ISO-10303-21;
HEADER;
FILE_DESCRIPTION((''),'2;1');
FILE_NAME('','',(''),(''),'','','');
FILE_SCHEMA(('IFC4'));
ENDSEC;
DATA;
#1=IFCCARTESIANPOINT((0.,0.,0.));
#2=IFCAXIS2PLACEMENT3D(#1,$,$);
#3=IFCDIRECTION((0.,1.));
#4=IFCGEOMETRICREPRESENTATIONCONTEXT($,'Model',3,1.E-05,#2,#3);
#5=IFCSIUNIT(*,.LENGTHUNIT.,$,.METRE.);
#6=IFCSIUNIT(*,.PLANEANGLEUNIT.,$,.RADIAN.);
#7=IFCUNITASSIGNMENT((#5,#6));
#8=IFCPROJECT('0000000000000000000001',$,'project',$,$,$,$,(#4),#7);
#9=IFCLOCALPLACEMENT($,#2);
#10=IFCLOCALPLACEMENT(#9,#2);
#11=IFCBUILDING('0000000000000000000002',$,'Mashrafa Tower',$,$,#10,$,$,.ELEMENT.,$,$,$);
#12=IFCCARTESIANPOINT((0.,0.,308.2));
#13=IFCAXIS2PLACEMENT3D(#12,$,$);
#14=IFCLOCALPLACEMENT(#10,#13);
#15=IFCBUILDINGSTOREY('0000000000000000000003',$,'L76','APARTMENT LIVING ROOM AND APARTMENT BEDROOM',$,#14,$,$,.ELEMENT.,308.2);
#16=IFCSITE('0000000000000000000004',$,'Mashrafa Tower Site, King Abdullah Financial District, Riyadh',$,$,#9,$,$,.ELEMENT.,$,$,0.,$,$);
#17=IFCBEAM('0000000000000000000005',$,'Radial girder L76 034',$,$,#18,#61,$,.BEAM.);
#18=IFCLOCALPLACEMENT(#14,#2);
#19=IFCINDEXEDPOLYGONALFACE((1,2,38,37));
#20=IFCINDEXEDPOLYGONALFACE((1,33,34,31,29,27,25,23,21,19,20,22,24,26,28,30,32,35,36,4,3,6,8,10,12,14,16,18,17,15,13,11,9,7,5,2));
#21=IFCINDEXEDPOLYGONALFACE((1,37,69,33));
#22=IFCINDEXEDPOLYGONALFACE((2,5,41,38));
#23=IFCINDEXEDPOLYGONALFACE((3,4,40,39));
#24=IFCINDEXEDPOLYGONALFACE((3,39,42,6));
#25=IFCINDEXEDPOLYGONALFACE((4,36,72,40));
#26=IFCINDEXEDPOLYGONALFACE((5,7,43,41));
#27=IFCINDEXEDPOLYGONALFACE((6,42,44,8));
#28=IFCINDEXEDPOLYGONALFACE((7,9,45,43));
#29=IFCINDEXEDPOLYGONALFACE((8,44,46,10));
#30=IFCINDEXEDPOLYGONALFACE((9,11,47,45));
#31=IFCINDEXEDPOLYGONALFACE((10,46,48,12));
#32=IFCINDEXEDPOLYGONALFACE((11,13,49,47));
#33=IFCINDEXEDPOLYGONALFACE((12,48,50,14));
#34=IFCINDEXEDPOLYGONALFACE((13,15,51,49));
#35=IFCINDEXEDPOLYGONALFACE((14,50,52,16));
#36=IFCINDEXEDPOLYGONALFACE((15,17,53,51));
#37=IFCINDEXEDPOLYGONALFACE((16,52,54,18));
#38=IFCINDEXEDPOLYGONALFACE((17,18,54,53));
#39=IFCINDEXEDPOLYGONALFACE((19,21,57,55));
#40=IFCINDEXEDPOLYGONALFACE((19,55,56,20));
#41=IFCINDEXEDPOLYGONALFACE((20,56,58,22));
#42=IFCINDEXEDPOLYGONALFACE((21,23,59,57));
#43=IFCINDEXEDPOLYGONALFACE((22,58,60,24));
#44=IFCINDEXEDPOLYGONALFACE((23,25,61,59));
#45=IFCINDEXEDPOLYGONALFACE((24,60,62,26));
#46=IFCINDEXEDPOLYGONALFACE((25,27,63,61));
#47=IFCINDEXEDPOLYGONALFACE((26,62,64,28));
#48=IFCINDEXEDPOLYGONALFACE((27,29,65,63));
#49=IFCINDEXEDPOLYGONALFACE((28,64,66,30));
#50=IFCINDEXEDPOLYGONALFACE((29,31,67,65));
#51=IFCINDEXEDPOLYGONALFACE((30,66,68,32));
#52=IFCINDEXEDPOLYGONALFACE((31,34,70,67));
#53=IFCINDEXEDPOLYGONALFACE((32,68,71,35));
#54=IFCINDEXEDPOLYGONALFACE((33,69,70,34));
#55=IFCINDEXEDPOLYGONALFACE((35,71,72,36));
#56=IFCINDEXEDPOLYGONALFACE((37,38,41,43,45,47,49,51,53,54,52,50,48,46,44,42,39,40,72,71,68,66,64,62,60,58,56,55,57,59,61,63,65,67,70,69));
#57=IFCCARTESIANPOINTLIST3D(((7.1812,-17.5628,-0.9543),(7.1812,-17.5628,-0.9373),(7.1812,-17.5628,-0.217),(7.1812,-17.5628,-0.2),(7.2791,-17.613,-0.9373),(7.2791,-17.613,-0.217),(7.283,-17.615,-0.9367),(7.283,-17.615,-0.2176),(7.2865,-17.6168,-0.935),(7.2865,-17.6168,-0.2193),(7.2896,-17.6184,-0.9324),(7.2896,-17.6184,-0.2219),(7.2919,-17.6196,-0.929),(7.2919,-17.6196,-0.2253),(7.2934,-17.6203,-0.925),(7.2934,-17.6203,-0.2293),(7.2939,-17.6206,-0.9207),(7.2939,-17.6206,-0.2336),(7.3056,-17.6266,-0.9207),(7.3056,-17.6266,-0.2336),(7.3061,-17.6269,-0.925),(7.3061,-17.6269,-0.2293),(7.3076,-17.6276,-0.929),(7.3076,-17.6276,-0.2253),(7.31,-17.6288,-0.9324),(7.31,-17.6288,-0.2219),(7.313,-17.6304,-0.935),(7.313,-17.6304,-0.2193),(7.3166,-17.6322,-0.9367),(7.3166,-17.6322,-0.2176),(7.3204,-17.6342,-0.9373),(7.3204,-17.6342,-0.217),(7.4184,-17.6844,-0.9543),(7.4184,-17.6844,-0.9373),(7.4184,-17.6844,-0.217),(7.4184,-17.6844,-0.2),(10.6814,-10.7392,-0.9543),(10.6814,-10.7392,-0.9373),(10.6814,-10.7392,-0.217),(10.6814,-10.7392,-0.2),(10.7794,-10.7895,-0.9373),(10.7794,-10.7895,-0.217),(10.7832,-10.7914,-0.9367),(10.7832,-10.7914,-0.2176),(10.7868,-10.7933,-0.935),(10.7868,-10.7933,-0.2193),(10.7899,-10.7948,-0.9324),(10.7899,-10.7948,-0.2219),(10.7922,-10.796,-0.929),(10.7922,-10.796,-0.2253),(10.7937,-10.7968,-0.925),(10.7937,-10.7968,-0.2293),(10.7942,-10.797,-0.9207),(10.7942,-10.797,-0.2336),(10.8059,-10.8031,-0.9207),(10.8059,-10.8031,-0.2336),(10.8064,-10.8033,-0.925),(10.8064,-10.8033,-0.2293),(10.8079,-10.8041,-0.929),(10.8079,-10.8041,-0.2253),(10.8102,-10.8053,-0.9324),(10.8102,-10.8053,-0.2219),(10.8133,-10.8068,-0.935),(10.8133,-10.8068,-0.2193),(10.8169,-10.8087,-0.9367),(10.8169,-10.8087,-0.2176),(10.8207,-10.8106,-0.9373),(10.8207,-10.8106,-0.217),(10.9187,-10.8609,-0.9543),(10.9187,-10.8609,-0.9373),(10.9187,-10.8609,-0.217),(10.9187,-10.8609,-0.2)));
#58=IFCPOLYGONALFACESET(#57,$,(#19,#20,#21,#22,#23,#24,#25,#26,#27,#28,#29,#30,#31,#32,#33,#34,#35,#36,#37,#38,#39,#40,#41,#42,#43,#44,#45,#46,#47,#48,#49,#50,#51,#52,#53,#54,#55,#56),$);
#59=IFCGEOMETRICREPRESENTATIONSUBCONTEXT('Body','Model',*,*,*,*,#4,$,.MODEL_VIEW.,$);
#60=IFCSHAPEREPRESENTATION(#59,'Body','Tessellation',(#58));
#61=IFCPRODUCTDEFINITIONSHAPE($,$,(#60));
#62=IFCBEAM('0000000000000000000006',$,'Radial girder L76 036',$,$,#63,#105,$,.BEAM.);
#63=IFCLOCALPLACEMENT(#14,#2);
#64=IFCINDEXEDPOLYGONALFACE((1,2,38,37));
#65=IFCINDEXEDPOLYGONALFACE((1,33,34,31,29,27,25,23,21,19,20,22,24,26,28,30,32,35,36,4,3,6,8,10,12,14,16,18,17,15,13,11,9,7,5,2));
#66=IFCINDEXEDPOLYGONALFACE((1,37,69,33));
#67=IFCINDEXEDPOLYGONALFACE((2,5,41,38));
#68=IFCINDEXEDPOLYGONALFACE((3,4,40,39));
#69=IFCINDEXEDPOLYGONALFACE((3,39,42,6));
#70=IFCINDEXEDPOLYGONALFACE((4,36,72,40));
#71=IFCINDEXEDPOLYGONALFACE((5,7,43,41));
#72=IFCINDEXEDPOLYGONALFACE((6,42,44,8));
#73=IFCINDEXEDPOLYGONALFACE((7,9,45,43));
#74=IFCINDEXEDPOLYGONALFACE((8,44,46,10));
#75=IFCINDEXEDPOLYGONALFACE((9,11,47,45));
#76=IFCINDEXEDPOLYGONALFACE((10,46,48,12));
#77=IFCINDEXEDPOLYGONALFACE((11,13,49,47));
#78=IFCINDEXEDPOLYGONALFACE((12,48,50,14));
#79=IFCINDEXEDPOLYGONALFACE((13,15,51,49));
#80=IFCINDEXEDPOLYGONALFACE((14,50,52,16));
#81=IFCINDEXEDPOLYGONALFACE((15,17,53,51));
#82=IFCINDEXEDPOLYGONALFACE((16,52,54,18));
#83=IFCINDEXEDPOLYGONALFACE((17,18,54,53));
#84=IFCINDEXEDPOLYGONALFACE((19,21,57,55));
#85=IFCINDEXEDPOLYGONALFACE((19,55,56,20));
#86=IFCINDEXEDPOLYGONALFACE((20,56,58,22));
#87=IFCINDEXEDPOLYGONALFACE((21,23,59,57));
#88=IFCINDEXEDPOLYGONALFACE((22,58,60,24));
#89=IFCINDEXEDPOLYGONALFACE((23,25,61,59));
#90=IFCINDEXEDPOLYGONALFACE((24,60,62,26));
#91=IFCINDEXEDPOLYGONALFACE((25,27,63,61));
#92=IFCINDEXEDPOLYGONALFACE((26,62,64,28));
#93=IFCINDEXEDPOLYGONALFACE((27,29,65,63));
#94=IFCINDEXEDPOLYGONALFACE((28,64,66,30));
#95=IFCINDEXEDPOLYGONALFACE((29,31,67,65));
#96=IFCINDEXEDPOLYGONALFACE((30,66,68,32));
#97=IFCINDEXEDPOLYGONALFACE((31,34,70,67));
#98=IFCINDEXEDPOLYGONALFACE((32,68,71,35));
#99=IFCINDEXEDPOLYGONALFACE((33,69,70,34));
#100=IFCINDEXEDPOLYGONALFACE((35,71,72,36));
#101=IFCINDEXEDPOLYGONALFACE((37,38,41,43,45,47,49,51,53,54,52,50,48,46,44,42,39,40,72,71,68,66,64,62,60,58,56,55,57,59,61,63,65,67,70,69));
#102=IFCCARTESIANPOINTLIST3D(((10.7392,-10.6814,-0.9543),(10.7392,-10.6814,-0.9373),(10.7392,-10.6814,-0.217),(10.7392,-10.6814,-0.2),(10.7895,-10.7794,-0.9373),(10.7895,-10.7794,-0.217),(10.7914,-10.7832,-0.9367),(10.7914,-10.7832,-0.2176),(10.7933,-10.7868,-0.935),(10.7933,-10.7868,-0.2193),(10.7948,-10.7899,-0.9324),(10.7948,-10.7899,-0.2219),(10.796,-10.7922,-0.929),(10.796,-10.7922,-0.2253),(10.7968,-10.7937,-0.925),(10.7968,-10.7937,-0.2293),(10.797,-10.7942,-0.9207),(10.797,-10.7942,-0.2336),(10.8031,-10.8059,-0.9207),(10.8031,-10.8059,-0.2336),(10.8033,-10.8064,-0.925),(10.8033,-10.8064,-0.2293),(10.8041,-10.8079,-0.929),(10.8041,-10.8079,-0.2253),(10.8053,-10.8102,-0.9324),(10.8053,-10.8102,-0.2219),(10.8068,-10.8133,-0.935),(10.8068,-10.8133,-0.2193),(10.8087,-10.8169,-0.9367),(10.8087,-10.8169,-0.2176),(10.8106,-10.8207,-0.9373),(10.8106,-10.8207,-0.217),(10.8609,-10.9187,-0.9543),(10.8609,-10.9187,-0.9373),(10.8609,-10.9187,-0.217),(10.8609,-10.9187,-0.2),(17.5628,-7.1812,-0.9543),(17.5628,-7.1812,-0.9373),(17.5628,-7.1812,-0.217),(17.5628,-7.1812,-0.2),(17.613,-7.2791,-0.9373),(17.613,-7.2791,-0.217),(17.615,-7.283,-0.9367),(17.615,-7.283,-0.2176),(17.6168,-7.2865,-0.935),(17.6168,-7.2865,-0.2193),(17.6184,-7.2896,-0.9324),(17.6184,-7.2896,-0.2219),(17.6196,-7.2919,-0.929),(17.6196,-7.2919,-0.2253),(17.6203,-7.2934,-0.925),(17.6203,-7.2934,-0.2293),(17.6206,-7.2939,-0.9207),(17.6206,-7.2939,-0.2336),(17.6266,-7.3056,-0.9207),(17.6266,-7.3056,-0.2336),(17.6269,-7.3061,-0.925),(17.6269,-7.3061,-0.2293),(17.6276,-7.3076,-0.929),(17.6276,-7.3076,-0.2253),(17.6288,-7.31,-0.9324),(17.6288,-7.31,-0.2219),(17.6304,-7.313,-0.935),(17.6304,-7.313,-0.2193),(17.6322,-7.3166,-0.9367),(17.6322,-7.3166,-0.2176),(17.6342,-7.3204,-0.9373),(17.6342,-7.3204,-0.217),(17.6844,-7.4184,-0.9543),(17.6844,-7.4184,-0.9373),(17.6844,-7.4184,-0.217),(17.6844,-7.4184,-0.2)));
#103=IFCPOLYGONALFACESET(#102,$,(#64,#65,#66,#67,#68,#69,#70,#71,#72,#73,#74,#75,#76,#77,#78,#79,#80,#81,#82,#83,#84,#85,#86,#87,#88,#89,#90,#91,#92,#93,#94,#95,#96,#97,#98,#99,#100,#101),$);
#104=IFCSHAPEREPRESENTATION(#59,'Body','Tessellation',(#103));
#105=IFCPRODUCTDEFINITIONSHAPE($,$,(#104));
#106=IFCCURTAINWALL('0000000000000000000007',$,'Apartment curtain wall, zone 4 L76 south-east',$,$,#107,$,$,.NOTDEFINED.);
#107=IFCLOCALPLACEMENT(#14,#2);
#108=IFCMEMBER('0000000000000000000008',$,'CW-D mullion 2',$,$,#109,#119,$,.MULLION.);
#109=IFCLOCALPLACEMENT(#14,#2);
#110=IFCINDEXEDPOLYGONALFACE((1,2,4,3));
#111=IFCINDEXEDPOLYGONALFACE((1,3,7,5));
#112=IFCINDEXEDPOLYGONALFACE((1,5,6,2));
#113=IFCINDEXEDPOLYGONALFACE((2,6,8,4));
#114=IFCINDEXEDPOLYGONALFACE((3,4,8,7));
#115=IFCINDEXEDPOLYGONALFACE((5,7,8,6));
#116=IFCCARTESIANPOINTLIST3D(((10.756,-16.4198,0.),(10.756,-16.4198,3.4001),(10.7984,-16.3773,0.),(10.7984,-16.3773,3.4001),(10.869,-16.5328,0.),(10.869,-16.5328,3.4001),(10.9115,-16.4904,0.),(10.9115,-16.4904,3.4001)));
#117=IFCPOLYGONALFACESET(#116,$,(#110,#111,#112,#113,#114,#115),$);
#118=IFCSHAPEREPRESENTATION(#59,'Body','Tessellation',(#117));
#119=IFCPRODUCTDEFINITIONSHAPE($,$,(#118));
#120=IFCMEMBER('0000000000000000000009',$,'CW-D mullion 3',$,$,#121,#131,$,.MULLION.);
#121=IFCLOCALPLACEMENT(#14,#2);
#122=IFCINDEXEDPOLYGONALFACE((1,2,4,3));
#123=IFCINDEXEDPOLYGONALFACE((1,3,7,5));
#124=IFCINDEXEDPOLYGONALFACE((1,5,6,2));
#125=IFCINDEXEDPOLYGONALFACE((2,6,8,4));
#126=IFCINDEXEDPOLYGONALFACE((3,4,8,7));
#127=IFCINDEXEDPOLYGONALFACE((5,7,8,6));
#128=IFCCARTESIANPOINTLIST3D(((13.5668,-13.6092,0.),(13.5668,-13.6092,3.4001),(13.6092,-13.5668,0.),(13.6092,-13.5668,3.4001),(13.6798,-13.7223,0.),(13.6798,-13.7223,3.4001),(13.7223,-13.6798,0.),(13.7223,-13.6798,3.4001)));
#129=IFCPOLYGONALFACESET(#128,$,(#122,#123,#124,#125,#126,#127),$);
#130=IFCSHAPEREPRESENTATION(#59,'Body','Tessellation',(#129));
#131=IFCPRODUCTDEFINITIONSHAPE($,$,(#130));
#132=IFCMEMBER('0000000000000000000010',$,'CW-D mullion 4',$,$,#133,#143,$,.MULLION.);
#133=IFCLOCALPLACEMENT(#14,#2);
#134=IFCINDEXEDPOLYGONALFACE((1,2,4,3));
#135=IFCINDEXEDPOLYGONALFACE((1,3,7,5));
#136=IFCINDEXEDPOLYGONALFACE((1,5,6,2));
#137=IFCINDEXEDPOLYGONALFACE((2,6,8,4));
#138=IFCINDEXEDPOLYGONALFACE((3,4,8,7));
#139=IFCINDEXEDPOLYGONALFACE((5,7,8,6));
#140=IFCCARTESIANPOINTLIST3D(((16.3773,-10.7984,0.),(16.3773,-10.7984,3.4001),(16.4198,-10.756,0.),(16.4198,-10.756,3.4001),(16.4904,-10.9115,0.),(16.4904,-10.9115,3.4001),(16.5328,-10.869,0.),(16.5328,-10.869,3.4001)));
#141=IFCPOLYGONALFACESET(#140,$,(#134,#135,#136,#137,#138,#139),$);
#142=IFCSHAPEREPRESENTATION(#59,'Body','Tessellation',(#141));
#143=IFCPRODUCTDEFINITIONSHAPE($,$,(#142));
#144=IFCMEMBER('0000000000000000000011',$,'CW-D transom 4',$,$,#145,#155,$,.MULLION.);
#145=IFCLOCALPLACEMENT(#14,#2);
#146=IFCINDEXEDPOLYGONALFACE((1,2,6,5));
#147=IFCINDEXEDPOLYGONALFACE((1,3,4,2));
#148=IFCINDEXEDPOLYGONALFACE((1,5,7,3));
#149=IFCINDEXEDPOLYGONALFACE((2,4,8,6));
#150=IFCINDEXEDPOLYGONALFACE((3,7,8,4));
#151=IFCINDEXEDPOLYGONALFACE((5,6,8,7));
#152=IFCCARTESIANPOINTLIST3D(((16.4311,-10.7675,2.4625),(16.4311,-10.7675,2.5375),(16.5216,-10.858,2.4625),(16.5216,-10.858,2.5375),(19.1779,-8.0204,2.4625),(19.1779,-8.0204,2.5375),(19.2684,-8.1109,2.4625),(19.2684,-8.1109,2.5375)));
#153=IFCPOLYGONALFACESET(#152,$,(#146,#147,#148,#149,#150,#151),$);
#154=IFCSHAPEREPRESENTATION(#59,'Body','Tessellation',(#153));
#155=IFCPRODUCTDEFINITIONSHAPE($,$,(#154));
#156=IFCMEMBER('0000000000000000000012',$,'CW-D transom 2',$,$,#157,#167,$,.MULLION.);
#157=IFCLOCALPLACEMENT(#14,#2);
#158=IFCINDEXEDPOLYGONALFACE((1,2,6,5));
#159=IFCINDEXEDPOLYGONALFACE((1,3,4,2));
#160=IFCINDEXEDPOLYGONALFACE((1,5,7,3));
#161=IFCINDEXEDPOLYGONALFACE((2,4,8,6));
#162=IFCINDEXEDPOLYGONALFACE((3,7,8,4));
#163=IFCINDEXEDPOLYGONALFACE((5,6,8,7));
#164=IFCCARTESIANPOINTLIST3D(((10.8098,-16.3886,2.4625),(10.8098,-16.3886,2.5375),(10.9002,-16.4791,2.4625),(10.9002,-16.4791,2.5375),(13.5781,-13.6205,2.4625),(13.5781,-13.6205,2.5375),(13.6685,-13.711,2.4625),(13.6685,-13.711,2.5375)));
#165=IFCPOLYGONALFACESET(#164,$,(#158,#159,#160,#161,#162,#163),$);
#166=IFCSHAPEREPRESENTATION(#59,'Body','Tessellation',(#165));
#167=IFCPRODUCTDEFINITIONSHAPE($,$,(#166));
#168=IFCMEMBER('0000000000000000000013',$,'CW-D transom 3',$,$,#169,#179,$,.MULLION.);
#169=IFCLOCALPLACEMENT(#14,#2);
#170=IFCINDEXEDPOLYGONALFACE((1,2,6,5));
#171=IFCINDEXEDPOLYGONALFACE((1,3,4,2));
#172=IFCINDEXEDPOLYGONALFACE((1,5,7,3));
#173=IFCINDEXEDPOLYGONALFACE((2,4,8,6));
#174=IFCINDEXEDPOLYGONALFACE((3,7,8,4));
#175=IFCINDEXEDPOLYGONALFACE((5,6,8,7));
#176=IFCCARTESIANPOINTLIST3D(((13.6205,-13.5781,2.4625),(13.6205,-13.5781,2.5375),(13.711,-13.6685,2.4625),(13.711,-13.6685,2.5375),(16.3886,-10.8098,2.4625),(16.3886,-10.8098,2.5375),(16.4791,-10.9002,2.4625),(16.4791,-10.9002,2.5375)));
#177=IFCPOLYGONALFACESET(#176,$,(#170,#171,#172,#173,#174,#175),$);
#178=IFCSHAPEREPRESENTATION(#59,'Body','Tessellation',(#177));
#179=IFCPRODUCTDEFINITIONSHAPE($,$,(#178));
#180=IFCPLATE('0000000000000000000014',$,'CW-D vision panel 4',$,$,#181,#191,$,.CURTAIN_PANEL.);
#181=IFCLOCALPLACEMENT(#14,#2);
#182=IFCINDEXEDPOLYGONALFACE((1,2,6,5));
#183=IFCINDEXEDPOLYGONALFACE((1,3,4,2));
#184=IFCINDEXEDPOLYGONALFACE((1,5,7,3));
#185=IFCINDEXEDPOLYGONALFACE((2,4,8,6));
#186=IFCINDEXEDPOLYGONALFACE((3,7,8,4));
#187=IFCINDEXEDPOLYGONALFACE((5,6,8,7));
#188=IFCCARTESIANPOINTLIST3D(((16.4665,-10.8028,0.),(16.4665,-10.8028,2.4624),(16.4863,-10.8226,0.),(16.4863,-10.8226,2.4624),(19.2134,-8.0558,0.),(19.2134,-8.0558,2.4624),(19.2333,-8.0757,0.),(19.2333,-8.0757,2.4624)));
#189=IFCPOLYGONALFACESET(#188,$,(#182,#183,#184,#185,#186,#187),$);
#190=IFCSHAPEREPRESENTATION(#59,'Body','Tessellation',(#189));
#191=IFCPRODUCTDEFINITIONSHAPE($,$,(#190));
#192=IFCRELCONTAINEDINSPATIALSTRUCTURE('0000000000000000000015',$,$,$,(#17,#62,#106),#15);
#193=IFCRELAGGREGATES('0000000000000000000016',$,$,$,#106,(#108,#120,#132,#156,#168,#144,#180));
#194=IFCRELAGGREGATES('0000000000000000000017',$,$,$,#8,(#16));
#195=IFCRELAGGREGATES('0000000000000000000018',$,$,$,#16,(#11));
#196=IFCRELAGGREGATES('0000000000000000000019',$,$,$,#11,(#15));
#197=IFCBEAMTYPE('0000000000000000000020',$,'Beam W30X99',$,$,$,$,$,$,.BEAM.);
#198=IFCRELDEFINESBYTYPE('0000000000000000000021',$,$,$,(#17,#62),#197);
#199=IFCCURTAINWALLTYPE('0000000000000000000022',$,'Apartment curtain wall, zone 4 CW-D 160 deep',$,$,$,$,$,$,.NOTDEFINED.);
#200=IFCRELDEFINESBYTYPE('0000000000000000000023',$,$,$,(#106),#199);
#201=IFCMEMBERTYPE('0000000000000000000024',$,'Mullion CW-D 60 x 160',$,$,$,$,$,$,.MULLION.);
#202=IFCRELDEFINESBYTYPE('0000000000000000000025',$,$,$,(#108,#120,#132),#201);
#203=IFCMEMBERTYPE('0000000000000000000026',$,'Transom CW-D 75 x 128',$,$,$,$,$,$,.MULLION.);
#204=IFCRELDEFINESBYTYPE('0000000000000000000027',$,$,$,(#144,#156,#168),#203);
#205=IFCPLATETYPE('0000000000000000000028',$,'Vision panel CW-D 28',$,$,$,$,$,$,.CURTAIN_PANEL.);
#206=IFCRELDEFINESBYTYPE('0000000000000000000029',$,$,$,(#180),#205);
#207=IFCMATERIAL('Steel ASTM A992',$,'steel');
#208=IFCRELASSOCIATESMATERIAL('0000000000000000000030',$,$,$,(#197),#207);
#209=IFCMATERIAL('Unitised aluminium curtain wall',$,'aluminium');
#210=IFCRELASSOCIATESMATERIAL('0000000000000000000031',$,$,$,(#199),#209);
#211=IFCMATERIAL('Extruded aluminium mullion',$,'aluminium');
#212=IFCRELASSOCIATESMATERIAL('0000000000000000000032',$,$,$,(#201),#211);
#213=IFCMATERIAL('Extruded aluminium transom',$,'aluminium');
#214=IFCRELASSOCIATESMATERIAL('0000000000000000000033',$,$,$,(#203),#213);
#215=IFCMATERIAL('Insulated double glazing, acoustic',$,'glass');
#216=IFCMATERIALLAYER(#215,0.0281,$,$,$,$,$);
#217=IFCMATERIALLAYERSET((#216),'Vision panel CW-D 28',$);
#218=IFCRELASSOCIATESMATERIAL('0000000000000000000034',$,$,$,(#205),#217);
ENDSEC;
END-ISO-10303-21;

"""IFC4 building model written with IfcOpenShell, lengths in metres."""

from ifc_helpers import new_model, si_unit, direction, frame, origin, origin_2d, place, context, subcontext, project, spatial, rectangle, i_section, extrude, source, transform, mapped, material, layer, layer_set, material_profile, profile_set, type_object, type_shapes, element, aggregate, save


model = new_model("IFC4")

# Units and contexts
model_context = context("Model", 3, precision=1e-05, world=origin(), true_north=direction((0.0, 1.0)))
body_context = subcontext(model_context, "Body", "Model", "MODEL_VIEW")
ifc_project = project(units=[si_unit("LENGTHUNIT", "METRE"), si_unit("PLANEANGLEUNIT", "RADIAN")], contexts=[model_context])

# Site, building, storey
site_placement = place(None, origin())
site = spatial("IfcSite", under=ifc_project, at=site_placement, Name="Mashrafa Tower Site, King Abdullah Financial District, Riyadh", CompositionType="ELEMENT", RefElevation=0.0)
building_placement = place(site_placement, origin())
building = spatial("IfcBuilding", under=site, at=building_placement, Name="Mashrafa Tower", CompositionType="ELEMENT")
storey_placement = place(building_placement, frame((0.0, 0.0, 308.2)))
storey = spatial("IfcBuildingStorey", under=building, at=storey_placement, Name="L76", Description="APARTMENT LIVING ROOM AND APARTMENT BEDROOM", CompositionType="ELEMENT", Elevation=308.2)

# Beams
ifc_material_1 = material(Name="Steel ASTM A992", Category="steel")
ifc_material_profile_1 = material_profile(ifc_material_1, i_section(OverallWidth=0.2666, OverallDepth=0.7544, WebThickness=0.0132, FlangeThickness=0.0171, FilletRadius=0.0166, at=origin_2d()), Name="W30X99")
ifc_profile_set_1 = profile_set([ifc_material_profile_1], Name="Steel ASTM A992")
beam_type_1 = type_object("IfcBeamType", Name="Beam W30X99", PredefinedType="BEAM", material=ifc_profile_set_1)
for number, where, z_axis, x_axis, name in (
    (1, (10.8, -10.8, -0.5771), (-0.456422, -0.889763, 0.0), (0.889763, -0.456422, 0.0), "Radial girder L76 034"),
    (2, (10.8, -10.8, -0.5771), (0.889763, 0.456422, 0.0), (-0.456422, 0.889763, 0.0), "Radial girder L76 036"),
):
    element("IfcBeam", number, at=place(storey_placement, frame(where, z_axis=z_axis, x_axis=x_axis)), inside=storey, type_object=beam_type_1, Name=name, PredefinedType="BEAM", context=body_context, shape_type="SweptSolid", body=[
        extrude(i_section(OverallWidth=0.2666, OverallDepth=0.7544, WebThickness=0.0132, FlangeThickness=0.0171, FilletRadius=0.0166, at=origin_2d()), origin(), (0.0, 0.0, 1.0), 7.6689),
    ])

# Curtain wall, members, plate
ifc_material_2 = material(Name="Unitised aluminium curtain wall", Category="aluminium")
curtain_wall_type = type_object("IfcCurtainWallType", Name="Apartment curtain wall, zone 4 CW-D 160 deep", PredefinedType="NOTDEFINED", material=ifc_material_2)
curtain_wall_placement = place(storey_placement, origin())
curtain_wall = element("IfcCurtainWall", 3, at=curtain_wall_placement, inside=storey, type_object=curtain_wall_type, Name="Apartment curtain wall, zone 4 L76 south-east", PredefinedType="NOTDEFINED")
ifc_material_3 = material(Name="Extruded aluminium mullion", Category="aluminium")
ifc_material_profile_2 = material_profile(ifc_material_3, rectangle(XDim=0.1599, YDim=0.0601, at=origin_2d()), Name="Mullion 60x160")
ifc_profile_set_2 = profile_set([ifc_material_profile_2], Name="Extruded aluminium mullion")
member_type_1 = type_object("IfcMemberType", Name="Mullion CW-D 60 x 160", PredefinedType="MULLION", material=ifc_profile_set_2)
shared_shape_1 = source(origin(), body_context, "Body", "SweptSolid", [
    extrude(rectangle(XDim=0.1599, YDim=0.0601, at=origin_2d()), origin(), (0.0, 0.0, 1.0), 3.4001),
])
type_shapes(member_type_1, [shared_shape_1])
member_1_placement = place(storey_placement, frame((10.8337, -16.4551, 0.0), z_axis=(0.0, 0.0, 1.0), x_axis=(-0.707107, 0.707107, 0.0)))
member_1 = element("IfcMember", 4, at=member_1_placement, type_object=member_type_1, Name="CW-D mullion 2", PredefinedType="MULLION", context=body_context, shape_type="MappedRepresentation", body=[
    mapped(shared_shape_1, transform((0.0, 0.0, 0.0))),
])
member_2_placement = place(storey_placement, frame((13.6445, -13.6445, 0.0), z_axis=(0.0, 0.0, 1.0), x_axis=(-0.707107, 0.707107, 0.0)))
member_2 = element("IfcMember", 5, at=member_2_placement, type_object=member_type_1, Name="CW-D mullion 3", PredefinedType="MULLION", context=body_context, shape_type="MappedRepresentation", body=[
    mapped(shared_shape_1, transform((0.0, 0.0, 0.0))),
])
member_3_placement = place(storey_placement, frame((16.4551, -10.8337, 0.0), z_axis=(0.0, 0.0, 1.0), x_axis=(-0.707107, 0.707107, 0.0)))
member_3 = element("IfcMember", 6, at=member_3_placement, type_object=member_type_1, Name="CW-D mullion 4", PredefinedType="MULLION", context=body_context, shape_type="MappedRepresentation", body=[
    mapped(shared_shape_1, transform((0.0, 0.0, 0.0))),
])
ifc_material_4 = material(Name="Extruded aluminium transom", Category="aluminium")
ifc_material_profile_3 = material_profile(ifc_material_4, rectangle(XDim=0.1279, YDim=0.075, at=origin_2d()), Name="Transom 75x128")
ifc_profile_set_3 = profile_set([ifc_material_profile_3], Name="Extruded aluminium transom")
member_type_2 = type_object("IfcMemberType", Name="Transom CW-D 75 x 128", PredefinedType="MULLION", material=ifc_profile_set_3)
shared_shape_2 = source(origin(), body_context, "Body", "SweptSolid", [
    extrude(rectangle(XDim=0.1279, YDim=0.075, at=origin_2d()), origin(), (0.0, 0.0, 1.0), 3.8848),
])
member_4_placement = place(storey_placement, frame((16.4763, -10.8127, 2.5), z_axis=(0.707075, 0.707138, 0.0), x_axis=(-0.707138, 0.707075, 0.0)))
member_4 = element("IfcMember", 7, at=member_4_placement, type_object=member_type_2, Name="CW-D transom 4", PredefinedType="MULLION", context=body_context, shape_type="MappedRepresentation", body=[
    mapped(shared_shape_2, transform((0.0, 0.0, 0.0))),
])
shared_shape_3 = source(origin(), body_context, "Body", "SweptSolid", [
    extrude(rectangle(XDim=0.1279, YDim=0.075, at=origin_2d()), origin(), (0.0, 0.0, 1.0), 3.9148),
])
type_shapes(member_type_2, [shared_shape_2, shared_shape_3])
member_5_placement = place(storey_placement, frame((10.855, -16.4338, 2.5), z_axis=(0.707138, 0.707076, 0.0), x_axis=(-0.707076, 0.707138, 0.0)))
member_5 = element("IfcMember", 8, at=member_5_placement, type_object=member_type_2, Name="CW-D transom 2", PredefinedType="MULLION", context=body_context, shape_type="MappedRepresentation", body=[
    mapped(shared_shape_3, transform((0.0, 0.0, 0.0))),
])
member_6_placement = place(storey_placement, frame((13.6658, -13.6233, 2.5), z_axis=(0.707076, 0.707138, 0.0), x_axis=(-0.707138, 0.707076, 0.0)))
member_6 = element("IfcMember", 9, at=member_6_placement, type_object=member_type_2, Name="CW-D transom 3", PredefinedType="MULLION", context=body_context, shape_type="MappedRepresentation", body=[
    mapped(shared_shape_3, transform((0.0, 0.0, 0.0))),
])
ifc_material_5 = material(Name="Insulated double glazing, acoustic", Category="glass")
ifc_layer_1 = layer(ifc_material_5, 0.0281)
ifc_layer_set_1 = layer_set([ifc_layer_1], Name="Vision panel CW-D 28")
plate_type_1 = type_object("IfcPlateType", Name="Vision panel CW-D 28", PredefinedType="CURTAIN_PANEL", material=ifc_layer_set_1)
shared_shape_4 = source(origin(), body_context, "Body", "SweptSolid", [
    extrude(rectangle(XDim=3.8848, YDim=0.0281, at=origin_2d()), origin(), (0.0, 0.0, 1.0), 2.4624),
])
plate_1_placement = place(storey_placement, frame((17.8499, -9.4392, 0.0), z_axis=(0.0, 0.0, 1.0), x_axis=(0.707107, 0.707107, 0.0)))
plate_1 = element("IfcPlate", 10, at=plate_1_placement, type_object=plate_type_1, Name="CW-D vision panel 4", PredefinedType="CURTAIN_PANEL", context=body_context, shape_type="MappedRepresentation", body=[
    mapped(shared_shape_4, transform((0.0, 0.0, 0.0))),
])
aggregate(curtain_wall, [member_1, member_2, member_3, member_5, member_6, member_4, plate_1])

save(model, "model.ifc")
